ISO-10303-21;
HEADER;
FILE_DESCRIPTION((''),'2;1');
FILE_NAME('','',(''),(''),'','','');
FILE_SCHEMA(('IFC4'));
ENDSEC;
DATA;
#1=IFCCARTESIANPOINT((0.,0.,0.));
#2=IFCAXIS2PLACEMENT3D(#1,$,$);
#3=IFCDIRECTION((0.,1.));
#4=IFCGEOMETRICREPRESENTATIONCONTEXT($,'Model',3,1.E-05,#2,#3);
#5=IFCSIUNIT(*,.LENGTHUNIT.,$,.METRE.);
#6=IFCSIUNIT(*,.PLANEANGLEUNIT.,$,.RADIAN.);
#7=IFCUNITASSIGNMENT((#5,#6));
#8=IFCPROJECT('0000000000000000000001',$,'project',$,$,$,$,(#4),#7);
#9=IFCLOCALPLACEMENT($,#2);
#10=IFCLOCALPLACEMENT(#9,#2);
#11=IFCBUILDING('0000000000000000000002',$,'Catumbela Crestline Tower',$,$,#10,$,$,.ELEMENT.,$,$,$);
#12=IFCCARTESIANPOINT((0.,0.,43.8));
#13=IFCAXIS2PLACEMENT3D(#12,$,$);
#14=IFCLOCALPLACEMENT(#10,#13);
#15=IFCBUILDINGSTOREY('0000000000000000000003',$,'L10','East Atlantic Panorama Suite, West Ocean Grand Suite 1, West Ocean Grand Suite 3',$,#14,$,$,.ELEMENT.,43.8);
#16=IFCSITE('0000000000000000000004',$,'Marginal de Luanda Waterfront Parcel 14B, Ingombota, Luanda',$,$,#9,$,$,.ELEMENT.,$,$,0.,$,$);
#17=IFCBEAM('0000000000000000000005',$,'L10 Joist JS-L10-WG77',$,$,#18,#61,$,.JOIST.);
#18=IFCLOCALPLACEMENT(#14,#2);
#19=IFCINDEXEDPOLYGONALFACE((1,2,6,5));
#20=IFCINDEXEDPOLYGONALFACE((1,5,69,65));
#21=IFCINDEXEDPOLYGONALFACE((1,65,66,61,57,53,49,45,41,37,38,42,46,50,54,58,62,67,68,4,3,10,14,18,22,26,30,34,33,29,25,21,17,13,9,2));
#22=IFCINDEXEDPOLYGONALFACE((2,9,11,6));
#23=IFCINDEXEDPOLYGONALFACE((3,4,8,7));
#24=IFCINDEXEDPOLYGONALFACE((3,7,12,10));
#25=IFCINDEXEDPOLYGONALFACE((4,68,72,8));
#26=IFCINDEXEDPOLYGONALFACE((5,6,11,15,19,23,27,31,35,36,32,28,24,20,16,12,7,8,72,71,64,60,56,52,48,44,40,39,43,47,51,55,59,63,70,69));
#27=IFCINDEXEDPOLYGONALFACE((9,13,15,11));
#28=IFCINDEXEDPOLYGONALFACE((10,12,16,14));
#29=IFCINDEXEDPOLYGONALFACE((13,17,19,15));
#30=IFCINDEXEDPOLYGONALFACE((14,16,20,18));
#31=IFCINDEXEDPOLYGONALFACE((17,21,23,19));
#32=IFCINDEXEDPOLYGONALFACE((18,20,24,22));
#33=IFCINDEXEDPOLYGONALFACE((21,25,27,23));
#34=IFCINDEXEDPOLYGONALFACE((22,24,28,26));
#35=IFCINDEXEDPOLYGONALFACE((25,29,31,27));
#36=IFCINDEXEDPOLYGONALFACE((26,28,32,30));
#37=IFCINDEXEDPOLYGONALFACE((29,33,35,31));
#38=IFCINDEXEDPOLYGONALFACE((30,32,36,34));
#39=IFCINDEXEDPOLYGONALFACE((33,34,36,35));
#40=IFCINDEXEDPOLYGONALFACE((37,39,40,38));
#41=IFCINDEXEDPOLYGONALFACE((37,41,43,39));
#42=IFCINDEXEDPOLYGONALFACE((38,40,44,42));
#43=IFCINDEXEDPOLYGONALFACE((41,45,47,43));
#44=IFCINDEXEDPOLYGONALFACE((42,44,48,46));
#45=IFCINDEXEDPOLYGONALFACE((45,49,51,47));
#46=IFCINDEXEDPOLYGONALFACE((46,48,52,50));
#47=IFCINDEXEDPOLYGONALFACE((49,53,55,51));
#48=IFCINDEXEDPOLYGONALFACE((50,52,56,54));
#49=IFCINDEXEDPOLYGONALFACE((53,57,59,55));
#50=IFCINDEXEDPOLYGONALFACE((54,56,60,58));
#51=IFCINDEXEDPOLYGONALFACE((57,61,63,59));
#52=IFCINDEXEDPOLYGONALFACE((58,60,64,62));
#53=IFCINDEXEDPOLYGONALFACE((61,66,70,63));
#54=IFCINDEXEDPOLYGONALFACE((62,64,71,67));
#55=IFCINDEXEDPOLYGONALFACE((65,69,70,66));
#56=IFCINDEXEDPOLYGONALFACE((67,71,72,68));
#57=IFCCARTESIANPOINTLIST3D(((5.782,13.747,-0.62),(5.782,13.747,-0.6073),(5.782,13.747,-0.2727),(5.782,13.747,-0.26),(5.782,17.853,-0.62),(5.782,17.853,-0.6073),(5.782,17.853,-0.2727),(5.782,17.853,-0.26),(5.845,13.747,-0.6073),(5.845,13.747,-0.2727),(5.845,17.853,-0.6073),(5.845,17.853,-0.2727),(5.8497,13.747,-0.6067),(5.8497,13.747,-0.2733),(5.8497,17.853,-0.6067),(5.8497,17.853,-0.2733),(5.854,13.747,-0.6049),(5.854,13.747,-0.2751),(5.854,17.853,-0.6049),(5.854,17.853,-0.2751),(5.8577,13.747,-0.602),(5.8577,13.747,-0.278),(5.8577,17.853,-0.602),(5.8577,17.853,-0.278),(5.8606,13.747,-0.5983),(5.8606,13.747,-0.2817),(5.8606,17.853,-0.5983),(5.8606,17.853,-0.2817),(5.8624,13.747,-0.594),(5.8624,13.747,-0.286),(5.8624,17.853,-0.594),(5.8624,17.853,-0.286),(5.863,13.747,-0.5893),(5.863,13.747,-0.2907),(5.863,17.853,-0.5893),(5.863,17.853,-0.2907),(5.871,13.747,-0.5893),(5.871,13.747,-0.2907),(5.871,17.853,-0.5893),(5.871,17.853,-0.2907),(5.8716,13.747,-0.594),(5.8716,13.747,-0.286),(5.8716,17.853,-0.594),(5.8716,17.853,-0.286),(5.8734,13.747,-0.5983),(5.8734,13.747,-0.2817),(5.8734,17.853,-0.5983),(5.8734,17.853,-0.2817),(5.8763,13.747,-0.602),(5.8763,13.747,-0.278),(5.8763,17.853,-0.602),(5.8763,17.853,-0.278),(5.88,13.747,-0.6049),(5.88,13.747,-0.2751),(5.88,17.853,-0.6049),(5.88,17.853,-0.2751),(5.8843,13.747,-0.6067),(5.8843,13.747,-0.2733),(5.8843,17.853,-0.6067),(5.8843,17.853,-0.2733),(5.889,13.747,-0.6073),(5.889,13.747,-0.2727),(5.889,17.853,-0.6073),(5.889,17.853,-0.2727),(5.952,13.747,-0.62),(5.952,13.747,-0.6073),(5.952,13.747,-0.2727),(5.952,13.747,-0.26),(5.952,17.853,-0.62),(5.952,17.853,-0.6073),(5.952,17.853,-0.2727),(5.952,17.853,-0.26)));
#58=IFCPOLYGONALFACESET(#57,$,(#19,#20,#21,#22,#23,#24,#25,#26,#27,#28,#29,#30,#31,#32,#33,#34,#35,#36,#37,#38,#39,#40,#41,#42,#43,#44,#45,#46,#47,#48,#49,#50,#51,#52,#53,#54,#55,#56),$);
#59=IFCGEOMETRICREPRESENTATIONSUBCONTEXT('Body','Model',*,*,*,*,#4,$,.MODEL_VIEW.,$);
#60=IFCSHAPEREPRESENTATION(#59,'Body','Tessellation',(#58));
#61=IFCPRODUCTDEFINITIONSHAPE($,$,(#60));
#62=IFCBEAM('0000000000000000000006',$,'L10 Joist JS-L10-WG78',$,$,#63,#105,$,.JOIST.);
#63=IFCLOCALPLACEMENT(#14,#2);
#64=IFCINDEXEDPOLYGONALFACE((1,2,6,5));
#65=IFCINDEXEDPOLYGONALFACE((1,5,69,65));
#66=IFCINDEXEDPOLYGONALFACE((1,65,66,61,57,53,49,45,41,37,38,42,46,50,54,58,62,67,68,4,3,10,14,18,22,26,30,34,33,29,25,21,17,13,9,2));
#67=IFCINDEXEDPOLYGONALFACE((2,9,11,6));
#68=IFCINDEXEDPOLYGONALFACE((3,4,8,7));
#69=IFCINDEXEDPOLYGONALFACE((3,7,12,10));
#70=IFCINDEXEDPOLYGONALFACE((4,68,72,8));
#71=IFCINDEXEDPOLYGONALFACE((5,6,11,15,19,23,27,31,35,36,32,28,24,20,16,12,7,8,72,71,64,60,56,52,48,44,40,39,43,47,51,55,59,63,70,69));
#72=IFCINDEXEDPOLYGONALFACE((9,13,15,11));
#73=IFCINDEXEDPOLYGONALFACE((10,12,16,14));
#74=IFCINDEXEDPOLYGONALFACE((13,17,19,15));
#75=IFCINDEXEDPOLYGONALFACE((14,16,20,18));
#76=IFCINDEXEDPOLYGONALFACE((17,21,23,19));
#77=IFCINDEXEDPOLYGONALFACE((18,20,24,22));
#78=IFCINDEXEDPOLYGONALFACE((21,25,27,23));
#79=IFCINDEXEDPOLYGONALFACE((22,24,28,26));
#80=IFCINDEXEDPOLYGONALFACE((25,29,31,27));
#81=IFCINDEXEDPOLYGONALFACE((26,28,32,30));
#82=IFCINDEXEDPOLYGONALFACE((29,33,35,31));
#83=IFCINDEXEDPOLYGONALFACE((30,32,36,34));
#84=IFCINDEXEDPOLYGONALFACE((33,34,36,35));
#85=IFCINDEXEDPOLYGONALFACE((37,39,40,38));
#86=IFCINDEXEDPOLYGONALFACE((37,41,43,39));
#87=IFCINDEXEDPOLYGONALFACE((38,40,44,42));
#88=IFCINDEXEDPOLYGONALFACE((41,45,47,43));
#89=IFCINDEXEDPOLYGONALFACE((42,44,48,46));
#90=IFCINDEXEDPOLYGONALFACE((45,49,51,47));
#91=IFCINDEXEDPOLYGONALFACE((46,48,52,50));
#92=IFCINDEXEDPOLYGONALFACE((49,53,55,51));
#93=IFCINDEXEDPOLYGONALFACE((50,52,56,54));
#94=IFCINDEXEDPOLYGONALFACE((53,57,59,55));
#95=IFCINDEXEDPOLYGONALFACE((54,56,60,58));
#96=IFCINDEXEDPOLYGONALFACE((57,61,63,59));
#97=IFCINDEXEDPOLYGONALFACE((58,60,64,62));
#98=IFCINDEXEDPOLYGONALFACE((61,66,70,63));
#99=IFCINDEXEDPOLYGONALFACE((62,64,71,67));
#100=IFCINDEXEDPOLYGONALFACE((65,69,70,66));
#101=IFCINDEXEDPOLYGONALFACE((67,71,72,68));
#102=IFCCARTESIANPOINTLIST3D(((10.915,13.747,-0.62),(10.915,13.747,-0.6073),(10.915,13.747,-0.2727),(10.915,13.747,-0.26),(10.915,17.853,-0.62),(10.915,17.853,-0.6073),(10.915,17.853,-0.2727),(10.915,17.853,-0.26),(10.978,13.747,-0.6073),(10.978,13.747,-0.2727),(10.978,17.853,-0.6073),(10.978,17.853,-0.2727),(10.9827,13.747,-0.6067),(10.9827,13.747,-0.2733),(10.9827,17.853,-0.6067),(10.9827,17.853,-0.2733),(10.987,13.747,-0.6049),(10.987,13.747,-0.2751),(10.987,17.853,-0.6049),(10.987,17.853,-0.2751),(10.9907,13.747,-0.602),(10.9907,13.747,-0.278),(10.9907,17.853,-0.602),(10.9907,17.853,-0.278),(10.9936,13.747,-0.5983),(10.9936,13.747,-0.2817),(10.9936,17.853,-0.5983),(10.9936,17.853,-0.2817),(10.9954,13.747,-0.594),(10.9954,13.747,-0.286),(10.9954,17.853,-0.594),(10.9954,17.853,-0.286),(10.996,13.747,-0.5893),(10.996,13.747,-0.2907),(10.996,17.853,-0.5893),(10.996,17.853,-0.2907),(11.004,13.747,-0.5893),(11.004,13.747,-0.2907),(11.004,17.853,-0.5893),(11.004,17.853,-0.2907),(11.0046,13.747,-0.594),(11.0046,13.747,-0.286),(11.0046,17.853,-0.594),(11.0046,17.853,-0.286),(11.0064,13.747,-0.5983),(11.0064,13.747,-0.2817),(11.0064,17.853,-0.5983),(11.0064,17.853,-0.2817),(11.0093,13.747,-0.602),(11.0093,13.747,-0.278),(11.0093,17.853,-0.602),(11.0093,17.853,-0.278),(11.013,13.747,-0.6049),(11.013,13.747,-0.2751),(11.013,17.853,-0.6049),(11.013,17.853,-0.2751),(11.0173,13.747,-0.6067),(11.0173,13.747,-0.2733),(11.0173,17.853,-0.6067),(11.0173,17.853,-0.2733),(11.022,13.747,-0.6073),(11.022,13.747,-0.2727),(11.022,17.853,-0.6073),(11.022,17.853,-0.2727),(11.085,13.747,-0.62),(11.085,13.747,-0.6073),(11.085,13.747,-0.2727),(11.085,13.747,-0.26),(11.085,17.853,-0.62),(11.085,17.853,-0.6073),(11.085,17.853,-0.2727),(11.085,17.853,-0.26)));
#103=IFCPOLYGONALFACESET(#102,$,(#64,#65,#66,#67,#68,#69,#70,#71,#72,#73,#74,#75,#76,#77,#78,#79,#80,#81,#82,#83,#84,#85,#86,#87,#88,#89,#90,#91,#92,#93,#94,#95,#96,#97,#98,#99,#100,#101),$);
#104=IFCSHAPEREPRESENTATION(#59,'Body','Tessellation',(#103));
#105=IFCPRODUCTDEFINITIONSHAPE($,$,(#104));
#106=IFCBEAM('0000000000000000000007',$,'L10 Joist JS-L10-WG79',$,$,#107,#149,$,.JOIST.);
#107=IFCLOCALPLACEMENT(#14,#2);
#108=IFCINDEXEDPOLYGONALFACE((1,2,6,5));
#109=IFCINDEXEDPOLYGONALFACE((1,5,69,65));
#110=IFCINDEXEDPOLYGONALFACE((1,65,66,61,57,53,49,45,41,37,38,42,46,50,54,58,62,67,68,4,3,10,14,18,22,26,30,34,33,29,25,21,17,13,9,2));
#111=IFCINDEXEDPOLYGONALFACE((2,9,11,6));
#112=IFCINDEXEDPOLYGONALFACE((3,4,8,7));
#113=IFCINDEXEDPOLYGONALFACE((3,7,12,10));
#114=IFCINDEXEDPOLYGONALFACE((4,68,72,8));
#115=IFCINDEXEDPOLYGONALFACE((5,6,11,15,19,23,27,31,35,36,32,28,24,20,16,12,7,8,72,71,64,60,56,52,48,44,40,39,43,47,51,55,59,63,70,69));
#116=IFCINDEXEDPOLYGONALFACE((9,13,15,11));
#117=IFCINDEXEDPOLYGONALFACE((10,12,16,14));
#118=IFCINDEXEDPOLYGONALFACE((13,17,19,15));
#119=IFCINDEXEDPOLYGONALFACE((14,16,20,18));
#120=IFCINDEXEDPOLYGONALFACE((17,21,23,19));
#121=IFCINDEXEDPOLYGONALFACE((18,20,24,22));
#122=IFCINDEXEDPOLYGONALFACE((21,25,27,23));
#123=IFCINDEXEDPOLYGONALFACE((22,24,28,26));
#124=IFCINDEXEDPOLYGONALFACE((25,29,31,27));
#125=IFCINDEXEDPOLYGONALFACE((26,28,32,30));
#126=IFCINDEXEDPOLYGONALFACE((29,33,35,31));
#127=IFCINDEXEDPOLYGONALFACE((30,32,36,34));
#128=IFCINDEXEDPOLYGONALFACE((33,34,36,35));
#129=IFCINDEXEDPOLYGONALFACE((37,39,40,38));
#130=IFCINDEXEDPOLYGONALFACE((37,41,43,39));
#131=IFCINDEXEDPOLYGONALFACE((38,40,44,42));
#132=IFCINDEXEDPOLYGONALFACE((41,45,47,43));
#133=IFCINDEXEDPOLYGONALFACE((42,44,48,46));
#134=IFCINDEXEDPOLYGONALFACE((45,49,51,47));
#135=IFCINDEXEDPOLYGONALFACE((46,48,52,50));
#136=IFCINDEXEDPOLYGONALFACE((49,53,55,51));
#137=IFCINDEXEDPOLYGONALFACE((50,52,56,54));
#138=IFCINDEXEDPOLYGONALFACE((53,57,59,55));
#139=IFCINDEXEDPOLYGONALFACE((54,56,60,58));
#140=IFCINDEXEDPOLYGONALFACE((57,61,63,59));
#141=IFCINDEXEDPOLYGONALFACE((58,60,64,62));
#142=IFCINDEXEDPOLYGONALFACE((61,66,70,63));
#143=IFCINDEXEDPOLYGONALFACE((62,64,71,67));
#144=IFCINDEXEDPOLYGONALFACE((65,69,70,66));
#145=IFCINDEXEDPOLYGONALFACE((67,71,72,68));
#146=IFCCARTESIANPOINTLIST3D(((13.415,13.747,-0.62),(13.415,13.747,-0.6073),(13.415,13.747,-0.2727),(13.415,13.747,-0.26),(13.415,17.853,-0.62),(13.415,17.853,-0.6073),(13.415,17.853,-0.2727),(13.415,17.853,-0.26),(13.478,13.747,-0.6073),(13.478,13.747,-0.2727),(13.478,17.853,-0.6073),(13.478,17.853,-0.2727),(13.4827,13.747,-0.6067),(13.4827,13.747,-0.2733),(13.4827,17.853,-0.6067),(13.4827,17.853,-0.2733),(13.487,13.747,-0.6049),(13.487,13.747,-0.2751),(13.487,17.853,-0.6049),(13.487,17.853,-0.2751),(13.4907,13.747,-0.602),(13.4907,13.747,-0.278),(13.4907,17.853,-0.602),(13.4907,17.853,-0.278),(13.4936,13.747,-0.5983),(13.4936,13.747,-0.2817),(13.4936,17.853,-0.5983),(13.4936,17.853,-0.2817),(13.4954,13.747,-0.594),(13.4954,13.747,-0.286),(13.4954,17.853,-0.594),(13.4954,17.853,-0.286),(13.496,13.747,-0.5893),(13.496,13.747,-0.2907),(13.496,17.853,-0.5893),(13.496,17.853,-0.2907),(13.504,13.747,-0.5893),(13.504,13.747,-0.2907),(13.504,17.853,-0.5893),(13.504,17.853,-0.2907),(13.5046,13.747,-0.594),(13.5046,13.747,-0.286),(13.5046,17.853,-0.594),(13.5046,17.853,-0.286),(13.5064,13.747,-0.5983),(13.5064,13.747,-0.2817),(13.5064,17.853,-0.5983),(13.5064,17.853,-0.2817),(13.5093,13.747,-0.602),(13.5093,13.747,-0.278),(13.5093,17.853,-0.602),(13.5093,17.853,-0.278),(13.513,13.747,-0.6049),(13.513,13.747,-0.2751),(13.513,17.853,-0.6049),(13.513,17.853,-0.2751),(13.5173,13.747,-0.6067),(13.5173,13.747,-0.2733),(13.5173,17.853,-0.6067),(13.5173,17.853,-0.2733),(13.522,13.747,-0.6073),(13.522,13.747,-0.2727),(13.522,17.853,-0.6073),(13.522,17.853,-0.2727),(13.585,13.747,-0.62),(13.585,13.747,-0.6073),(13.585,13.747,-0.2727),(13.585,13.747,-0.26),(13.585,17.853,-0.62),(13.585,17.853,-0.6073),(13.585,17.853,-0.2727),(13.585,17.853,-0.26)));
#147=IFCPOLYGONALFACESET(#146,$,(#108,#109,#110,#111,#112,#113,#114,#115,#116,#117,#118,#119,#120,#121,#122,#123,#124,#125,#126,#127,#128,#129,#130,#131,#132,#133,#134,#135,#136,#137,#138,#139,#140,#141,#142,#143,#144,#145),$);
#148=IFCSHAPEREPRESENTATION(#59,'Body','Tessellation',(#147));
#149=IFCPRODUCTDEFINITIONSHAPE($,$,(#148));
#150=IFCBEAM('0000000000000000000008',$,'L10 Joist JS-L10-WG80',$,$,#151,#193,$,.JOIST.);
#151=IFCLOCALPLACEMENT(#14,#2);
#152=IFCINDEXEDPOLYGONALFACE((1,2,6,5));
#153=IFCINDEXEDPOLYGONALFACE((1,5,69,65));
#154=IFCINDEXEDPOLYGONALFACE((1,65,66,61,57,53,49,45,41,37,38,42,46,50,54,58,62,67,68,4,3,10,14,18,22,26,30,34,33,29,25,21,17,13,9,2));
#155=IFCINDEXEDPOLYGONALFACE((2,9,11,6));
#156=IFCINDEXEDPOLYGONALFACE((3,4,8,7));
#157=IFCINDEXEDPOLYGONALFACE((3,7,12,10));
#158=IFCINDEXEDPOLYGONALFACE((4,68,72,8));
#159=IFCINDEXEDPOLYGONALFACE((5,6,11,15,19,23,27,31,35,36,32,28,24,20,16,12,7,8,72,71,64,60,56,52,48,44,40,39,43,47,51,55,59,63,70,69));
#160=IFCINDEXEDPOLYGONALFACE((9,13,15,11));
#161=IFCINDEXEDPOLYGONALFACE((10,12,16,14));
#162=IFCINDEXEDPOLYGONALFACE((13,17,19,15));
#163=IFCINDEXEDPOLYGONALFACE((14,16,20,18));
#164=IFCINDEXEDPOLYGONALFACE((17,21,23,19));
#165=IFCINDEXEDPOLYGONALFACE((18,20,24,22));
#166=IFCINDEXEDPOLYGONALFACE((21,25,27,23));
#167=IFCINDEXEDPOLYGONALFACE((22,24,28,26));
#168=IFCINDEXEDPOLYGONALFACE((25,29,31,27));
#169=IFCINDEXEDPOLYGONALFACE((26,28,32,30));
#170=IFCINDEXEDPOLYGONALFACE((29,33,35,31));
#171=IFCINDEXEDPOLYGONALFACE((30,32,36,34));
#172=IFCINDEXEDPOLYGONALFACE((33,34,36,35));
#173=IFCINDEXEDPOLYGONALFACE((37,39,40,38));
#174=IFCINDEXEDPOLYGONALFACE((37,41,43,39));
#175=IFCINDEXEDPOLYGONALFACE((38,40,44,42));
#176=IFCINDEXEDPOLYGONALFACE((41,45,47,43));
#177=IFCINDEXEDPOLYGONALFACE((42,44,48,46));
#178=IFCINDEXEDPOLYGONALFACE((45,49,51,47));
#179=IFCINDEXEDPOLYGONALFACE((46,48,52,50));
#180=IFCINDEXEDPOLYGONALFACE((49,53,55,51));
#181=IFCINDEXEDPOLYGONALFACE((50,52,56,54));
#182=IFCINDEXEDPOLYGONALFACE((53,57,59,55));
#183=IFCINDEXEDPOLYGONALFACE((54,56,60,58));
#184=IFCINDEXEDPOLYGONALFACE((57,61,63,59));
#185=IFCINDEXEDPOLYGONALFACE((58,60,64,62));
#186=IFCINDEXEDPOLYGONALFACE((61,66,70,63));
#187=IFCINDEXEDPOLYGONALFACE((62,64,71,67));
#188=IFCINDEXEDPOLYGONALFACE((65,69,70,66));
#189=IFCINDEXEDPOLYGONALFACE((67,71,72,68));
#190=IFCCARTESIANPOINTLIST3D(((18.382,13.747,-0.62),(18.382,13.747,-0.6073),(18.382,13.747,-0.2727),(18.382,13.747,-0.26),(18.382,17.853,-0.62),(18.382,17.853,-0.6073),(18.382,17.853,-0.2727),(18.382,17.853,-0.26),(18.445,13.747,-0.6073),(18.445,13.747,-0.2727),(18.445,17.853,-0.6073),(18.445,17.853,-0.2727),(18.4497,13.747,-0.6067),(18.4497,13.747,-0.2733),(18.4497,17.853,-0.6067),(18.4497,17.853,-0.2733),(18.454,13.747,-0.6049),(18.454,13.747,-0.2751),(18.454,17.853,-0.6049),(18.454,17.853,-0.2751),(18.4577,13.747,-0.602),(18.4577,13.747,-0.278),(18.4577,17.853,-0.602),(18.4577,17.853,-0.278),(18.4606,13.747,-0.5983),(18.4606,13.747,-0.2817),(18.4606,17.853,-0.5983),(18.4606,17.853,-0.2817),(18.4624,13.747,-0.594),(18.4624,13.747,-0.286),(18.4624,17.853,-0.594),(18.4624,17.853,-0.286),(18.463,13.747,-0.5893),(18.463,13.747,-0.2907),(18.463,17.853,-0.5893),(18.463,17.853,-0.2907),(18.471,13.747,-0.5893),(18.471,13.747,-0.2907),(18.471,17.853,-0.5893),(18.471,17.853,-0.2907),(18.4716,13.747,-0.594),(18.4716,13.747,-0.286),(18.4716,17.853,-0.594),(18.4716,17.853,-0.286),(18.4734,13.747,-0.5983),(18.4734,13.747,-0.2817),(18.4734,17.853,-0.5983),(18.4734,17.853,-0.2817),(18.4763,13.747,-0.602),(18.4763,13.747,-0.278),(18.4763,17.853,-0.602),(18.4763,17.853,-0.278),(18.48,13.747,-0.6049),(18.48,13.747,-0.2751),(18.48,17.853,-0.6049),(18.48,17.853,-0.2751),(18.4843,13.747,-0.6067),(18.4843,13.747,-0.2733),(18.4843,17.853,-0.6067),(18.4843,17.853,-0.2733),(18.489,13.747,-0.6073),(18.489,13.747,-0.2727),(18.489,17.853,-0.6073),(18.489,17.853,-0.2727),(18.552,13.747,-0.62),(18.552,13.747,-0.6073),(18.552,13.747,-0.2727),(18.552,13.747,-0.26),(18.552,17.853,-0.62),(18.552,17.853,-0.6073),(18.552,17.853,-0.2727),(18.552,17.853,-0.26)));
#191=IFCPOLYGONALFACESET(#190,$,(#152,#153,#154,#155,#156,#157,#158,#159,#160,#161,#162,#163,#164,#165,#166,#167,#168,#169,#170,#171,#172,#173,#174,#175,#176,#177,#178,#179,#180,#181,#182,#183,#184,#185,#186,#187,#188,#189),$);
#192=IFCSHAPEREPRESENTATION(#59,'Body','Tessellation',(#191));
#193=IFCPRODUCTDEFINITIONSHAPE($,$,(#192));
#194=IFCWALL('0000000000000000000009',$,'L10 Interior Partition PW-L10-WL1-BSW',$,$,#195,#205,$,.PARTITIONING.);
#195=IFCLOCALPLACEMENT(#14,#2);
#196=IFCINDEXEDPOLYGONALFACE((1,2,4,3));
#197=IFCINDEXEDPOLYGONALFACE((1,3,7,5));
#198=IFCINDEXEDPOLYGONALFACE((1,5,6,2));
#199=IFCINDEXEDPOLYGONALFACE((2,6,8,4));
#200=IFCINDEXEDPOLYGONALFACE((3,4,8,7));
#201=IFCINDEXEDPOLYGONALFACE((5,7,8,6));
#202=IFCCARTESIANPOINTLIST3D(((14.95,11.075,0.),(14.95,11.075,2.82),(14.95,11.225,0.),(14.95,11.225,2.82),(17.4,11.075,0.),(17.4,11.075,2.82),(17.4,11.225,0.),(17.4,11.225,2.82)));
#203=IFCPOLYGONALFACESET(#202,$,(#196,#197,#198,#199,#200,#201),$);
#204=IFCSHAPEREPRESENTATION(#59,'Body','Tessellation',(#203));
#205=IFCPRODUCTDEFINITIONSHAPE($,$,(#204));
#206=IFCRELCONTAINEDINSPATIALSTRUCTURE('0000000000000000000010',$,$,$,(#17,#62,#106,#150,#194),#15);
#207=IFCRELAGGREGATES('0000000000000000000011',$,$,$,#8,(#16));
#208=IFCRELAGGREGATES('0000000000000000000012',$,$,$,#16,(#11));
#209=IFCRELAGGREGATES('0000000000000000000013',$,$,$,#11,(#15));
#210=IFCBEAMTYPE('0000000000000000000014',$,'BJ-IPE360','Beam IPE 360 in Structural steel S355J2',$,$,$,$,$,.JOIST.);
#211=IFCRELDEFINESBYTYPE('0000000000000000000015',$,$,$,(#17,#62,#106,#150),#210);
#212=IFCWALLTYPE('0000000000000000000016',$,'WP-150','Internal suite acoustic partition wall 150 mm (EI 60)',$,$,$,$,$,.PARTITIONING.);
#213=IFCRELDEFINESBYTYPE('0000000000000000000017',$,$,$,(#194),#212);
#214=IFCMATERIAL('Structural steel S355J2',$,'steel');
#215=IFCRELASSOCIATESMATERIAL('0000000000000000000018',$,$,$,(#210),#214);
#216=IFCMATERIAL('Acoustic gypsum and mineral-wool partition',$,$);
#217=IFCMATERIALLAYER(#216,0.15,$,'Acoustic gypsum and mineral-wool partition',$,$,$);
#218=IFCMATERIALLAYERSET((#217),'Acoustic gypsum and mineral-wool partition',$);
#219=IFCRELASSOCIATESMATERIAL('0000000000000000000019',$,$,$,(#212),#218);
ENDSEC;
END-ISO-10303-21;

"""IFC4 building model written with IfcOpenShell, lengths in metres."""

from ifc_helpers import new_model, si_unit, direction, frame, frame_2d, origin, origin_2d, place, context, subcontext, project, spatial, rectangle, i_section, extrude, material, layer, layer_set, material_profile, profile_set, type_object, element, save


model = new_model("IFC4")

# Units and contexts
model_context = context("Model", 3, precision=1e-05, world=origin(), true_north=direction((0.0, 1.0)))
body_context = subcontext(model_context, "Body", "Model", "MODEL_VIEW")
ifc_project = project(units=[si_unit("LENGTHUNIT", "METRE"), si_unit("PLANEANGLEUNIT", "RADIAN")], contexts=[model_context])

# Site, building, storey
site_placement = place(None, origin())
site = spatial("IfcSite", under=ifc_project, at=site_placement, Name="Marginal de Luanda Waterfront Parcel 14B, Ingombota, Luanda", CompositionType="ELEMENT", RefElevation=0.0)
building_placement = place(site_placement, origin())
building = spatial("IfcBuilding", under=site, at=building_placement, Name="Catumbela Crestline Tower", CompositionType="ELEMENT")
storey_placement = place(building_placement, frame((0.0, 0.0, 43.8)))
storey = spatial("IfcBuildingStorey", under=building, at=storey_placement, Name="L10", Description="East Atlantic Panorama Suite, West Ocean Grand Suite 1, West Ocean Grand Suite 3", CompositionType="ELEMENT", Elevation=43.8)

# Beams
ifc_material_1 = material(Name="Structural steel S355J2", Category="steel")
ifc_material_profile_1 = material_profile(ifc_material_1, i_section(OverallWidth=0.17, OverallDepth=0.36, WebThickness=0.008, FlangeThickness=0.0127, FilletRadius=0.018, at=origin_2d()), Name="IPE 360")
ifc_profile_set_1 = profile_set([ifc_material_profile_1], Name="Structural steel S355J2")
beam_type_1 = type_object("IfcBeamType", Name="BJ-IPE360", Description="Beam IPE 360 in Structural steel S355J2", PredefinedType="JOIST", material=ifc_profile_set_1)
for number, where, z_axis, x_axis, name in (
    (1, (5.867, 13.747, -0.44), (0.0, 1.0, 0.0), (-1.0, 0.0, 0.0), "L10 Joist JS-L10-WG77"),
    (2, (11.0, 13.747, -0.44), (0.0, 1.0, 0.0), (-1.0, 0.0, 0.0), "L10 Joist JS-L10-WG78"),
    (3, (13.5, 13.747, -0.44), (0.0, 1.0, 0.0), (-1.0, 0.0, 0.0), "L10 Joist JS-L10-WG79"),
    (4, (18.467, 13.747, -0.44), (0.0, 1.0, 0.0), (-1.0, 0.0, 0.0), "L10 Joist JS-L10-WG80"),
):
    element("IfcBeam", number, at=place(storey_placement, frame(where, z_axis=z_axis, x_axis=x_axis)), inside=storey, type_object=beam_type_1, Name=name, PredefinedType="JOIST", context=body_context, shape_type="SweptSolid", body=[
        extrude(i_section(OverallWidth=0.17, OverallDepth=0.36, WebThickness=0.008, FlangeThickness=0.0127, FilletRadius=0.018, at=origin_2d()), origin(), (0.0, 0.0, 1.0), 4.106),
    ])

# Wall
ifc_material_2 = material(Name="Acoustic gypsum and mineral-wool partition")
ifc_layer = layer(ifc_material_2, 0.15, Name="Acoustic gypsum and mineral-wool partition")
ifc_layer_set = layer_set([ifc_layer], Name="Acoustic gypsum and mineral-wool partition")
wall_type = type_object("IfcWallType", Name="WP-150", Description="Internal suite acoustic partition wall 150 mm (EI 60)", PredefinedType="PARTITIONING", material=ifc_layer_set)
wall_1_placement = place(storey_placement, frame((14.95, 11.15, 0.0), z_axis=(0.0, 0.0, 1.0), x_axis=(1.0, 0.0, 0.0)))
element("IfcWall", 5, at=wall_1_placement, inside=storey, type_object=wall_type, Name="L10 Interior Partition PW-L10-WL1-BSW", PredefinedType="PARTITIONING", context=body_context, shape_type="SweptSolid", body=[
    extrude(rectangle(XDim=2.45, YDim=0.15, at=frame_2d((1.225, 0.0))), origin(), (0.0, 0.0, 1.0), 2.82),
])

save(model, "model.ifc")
